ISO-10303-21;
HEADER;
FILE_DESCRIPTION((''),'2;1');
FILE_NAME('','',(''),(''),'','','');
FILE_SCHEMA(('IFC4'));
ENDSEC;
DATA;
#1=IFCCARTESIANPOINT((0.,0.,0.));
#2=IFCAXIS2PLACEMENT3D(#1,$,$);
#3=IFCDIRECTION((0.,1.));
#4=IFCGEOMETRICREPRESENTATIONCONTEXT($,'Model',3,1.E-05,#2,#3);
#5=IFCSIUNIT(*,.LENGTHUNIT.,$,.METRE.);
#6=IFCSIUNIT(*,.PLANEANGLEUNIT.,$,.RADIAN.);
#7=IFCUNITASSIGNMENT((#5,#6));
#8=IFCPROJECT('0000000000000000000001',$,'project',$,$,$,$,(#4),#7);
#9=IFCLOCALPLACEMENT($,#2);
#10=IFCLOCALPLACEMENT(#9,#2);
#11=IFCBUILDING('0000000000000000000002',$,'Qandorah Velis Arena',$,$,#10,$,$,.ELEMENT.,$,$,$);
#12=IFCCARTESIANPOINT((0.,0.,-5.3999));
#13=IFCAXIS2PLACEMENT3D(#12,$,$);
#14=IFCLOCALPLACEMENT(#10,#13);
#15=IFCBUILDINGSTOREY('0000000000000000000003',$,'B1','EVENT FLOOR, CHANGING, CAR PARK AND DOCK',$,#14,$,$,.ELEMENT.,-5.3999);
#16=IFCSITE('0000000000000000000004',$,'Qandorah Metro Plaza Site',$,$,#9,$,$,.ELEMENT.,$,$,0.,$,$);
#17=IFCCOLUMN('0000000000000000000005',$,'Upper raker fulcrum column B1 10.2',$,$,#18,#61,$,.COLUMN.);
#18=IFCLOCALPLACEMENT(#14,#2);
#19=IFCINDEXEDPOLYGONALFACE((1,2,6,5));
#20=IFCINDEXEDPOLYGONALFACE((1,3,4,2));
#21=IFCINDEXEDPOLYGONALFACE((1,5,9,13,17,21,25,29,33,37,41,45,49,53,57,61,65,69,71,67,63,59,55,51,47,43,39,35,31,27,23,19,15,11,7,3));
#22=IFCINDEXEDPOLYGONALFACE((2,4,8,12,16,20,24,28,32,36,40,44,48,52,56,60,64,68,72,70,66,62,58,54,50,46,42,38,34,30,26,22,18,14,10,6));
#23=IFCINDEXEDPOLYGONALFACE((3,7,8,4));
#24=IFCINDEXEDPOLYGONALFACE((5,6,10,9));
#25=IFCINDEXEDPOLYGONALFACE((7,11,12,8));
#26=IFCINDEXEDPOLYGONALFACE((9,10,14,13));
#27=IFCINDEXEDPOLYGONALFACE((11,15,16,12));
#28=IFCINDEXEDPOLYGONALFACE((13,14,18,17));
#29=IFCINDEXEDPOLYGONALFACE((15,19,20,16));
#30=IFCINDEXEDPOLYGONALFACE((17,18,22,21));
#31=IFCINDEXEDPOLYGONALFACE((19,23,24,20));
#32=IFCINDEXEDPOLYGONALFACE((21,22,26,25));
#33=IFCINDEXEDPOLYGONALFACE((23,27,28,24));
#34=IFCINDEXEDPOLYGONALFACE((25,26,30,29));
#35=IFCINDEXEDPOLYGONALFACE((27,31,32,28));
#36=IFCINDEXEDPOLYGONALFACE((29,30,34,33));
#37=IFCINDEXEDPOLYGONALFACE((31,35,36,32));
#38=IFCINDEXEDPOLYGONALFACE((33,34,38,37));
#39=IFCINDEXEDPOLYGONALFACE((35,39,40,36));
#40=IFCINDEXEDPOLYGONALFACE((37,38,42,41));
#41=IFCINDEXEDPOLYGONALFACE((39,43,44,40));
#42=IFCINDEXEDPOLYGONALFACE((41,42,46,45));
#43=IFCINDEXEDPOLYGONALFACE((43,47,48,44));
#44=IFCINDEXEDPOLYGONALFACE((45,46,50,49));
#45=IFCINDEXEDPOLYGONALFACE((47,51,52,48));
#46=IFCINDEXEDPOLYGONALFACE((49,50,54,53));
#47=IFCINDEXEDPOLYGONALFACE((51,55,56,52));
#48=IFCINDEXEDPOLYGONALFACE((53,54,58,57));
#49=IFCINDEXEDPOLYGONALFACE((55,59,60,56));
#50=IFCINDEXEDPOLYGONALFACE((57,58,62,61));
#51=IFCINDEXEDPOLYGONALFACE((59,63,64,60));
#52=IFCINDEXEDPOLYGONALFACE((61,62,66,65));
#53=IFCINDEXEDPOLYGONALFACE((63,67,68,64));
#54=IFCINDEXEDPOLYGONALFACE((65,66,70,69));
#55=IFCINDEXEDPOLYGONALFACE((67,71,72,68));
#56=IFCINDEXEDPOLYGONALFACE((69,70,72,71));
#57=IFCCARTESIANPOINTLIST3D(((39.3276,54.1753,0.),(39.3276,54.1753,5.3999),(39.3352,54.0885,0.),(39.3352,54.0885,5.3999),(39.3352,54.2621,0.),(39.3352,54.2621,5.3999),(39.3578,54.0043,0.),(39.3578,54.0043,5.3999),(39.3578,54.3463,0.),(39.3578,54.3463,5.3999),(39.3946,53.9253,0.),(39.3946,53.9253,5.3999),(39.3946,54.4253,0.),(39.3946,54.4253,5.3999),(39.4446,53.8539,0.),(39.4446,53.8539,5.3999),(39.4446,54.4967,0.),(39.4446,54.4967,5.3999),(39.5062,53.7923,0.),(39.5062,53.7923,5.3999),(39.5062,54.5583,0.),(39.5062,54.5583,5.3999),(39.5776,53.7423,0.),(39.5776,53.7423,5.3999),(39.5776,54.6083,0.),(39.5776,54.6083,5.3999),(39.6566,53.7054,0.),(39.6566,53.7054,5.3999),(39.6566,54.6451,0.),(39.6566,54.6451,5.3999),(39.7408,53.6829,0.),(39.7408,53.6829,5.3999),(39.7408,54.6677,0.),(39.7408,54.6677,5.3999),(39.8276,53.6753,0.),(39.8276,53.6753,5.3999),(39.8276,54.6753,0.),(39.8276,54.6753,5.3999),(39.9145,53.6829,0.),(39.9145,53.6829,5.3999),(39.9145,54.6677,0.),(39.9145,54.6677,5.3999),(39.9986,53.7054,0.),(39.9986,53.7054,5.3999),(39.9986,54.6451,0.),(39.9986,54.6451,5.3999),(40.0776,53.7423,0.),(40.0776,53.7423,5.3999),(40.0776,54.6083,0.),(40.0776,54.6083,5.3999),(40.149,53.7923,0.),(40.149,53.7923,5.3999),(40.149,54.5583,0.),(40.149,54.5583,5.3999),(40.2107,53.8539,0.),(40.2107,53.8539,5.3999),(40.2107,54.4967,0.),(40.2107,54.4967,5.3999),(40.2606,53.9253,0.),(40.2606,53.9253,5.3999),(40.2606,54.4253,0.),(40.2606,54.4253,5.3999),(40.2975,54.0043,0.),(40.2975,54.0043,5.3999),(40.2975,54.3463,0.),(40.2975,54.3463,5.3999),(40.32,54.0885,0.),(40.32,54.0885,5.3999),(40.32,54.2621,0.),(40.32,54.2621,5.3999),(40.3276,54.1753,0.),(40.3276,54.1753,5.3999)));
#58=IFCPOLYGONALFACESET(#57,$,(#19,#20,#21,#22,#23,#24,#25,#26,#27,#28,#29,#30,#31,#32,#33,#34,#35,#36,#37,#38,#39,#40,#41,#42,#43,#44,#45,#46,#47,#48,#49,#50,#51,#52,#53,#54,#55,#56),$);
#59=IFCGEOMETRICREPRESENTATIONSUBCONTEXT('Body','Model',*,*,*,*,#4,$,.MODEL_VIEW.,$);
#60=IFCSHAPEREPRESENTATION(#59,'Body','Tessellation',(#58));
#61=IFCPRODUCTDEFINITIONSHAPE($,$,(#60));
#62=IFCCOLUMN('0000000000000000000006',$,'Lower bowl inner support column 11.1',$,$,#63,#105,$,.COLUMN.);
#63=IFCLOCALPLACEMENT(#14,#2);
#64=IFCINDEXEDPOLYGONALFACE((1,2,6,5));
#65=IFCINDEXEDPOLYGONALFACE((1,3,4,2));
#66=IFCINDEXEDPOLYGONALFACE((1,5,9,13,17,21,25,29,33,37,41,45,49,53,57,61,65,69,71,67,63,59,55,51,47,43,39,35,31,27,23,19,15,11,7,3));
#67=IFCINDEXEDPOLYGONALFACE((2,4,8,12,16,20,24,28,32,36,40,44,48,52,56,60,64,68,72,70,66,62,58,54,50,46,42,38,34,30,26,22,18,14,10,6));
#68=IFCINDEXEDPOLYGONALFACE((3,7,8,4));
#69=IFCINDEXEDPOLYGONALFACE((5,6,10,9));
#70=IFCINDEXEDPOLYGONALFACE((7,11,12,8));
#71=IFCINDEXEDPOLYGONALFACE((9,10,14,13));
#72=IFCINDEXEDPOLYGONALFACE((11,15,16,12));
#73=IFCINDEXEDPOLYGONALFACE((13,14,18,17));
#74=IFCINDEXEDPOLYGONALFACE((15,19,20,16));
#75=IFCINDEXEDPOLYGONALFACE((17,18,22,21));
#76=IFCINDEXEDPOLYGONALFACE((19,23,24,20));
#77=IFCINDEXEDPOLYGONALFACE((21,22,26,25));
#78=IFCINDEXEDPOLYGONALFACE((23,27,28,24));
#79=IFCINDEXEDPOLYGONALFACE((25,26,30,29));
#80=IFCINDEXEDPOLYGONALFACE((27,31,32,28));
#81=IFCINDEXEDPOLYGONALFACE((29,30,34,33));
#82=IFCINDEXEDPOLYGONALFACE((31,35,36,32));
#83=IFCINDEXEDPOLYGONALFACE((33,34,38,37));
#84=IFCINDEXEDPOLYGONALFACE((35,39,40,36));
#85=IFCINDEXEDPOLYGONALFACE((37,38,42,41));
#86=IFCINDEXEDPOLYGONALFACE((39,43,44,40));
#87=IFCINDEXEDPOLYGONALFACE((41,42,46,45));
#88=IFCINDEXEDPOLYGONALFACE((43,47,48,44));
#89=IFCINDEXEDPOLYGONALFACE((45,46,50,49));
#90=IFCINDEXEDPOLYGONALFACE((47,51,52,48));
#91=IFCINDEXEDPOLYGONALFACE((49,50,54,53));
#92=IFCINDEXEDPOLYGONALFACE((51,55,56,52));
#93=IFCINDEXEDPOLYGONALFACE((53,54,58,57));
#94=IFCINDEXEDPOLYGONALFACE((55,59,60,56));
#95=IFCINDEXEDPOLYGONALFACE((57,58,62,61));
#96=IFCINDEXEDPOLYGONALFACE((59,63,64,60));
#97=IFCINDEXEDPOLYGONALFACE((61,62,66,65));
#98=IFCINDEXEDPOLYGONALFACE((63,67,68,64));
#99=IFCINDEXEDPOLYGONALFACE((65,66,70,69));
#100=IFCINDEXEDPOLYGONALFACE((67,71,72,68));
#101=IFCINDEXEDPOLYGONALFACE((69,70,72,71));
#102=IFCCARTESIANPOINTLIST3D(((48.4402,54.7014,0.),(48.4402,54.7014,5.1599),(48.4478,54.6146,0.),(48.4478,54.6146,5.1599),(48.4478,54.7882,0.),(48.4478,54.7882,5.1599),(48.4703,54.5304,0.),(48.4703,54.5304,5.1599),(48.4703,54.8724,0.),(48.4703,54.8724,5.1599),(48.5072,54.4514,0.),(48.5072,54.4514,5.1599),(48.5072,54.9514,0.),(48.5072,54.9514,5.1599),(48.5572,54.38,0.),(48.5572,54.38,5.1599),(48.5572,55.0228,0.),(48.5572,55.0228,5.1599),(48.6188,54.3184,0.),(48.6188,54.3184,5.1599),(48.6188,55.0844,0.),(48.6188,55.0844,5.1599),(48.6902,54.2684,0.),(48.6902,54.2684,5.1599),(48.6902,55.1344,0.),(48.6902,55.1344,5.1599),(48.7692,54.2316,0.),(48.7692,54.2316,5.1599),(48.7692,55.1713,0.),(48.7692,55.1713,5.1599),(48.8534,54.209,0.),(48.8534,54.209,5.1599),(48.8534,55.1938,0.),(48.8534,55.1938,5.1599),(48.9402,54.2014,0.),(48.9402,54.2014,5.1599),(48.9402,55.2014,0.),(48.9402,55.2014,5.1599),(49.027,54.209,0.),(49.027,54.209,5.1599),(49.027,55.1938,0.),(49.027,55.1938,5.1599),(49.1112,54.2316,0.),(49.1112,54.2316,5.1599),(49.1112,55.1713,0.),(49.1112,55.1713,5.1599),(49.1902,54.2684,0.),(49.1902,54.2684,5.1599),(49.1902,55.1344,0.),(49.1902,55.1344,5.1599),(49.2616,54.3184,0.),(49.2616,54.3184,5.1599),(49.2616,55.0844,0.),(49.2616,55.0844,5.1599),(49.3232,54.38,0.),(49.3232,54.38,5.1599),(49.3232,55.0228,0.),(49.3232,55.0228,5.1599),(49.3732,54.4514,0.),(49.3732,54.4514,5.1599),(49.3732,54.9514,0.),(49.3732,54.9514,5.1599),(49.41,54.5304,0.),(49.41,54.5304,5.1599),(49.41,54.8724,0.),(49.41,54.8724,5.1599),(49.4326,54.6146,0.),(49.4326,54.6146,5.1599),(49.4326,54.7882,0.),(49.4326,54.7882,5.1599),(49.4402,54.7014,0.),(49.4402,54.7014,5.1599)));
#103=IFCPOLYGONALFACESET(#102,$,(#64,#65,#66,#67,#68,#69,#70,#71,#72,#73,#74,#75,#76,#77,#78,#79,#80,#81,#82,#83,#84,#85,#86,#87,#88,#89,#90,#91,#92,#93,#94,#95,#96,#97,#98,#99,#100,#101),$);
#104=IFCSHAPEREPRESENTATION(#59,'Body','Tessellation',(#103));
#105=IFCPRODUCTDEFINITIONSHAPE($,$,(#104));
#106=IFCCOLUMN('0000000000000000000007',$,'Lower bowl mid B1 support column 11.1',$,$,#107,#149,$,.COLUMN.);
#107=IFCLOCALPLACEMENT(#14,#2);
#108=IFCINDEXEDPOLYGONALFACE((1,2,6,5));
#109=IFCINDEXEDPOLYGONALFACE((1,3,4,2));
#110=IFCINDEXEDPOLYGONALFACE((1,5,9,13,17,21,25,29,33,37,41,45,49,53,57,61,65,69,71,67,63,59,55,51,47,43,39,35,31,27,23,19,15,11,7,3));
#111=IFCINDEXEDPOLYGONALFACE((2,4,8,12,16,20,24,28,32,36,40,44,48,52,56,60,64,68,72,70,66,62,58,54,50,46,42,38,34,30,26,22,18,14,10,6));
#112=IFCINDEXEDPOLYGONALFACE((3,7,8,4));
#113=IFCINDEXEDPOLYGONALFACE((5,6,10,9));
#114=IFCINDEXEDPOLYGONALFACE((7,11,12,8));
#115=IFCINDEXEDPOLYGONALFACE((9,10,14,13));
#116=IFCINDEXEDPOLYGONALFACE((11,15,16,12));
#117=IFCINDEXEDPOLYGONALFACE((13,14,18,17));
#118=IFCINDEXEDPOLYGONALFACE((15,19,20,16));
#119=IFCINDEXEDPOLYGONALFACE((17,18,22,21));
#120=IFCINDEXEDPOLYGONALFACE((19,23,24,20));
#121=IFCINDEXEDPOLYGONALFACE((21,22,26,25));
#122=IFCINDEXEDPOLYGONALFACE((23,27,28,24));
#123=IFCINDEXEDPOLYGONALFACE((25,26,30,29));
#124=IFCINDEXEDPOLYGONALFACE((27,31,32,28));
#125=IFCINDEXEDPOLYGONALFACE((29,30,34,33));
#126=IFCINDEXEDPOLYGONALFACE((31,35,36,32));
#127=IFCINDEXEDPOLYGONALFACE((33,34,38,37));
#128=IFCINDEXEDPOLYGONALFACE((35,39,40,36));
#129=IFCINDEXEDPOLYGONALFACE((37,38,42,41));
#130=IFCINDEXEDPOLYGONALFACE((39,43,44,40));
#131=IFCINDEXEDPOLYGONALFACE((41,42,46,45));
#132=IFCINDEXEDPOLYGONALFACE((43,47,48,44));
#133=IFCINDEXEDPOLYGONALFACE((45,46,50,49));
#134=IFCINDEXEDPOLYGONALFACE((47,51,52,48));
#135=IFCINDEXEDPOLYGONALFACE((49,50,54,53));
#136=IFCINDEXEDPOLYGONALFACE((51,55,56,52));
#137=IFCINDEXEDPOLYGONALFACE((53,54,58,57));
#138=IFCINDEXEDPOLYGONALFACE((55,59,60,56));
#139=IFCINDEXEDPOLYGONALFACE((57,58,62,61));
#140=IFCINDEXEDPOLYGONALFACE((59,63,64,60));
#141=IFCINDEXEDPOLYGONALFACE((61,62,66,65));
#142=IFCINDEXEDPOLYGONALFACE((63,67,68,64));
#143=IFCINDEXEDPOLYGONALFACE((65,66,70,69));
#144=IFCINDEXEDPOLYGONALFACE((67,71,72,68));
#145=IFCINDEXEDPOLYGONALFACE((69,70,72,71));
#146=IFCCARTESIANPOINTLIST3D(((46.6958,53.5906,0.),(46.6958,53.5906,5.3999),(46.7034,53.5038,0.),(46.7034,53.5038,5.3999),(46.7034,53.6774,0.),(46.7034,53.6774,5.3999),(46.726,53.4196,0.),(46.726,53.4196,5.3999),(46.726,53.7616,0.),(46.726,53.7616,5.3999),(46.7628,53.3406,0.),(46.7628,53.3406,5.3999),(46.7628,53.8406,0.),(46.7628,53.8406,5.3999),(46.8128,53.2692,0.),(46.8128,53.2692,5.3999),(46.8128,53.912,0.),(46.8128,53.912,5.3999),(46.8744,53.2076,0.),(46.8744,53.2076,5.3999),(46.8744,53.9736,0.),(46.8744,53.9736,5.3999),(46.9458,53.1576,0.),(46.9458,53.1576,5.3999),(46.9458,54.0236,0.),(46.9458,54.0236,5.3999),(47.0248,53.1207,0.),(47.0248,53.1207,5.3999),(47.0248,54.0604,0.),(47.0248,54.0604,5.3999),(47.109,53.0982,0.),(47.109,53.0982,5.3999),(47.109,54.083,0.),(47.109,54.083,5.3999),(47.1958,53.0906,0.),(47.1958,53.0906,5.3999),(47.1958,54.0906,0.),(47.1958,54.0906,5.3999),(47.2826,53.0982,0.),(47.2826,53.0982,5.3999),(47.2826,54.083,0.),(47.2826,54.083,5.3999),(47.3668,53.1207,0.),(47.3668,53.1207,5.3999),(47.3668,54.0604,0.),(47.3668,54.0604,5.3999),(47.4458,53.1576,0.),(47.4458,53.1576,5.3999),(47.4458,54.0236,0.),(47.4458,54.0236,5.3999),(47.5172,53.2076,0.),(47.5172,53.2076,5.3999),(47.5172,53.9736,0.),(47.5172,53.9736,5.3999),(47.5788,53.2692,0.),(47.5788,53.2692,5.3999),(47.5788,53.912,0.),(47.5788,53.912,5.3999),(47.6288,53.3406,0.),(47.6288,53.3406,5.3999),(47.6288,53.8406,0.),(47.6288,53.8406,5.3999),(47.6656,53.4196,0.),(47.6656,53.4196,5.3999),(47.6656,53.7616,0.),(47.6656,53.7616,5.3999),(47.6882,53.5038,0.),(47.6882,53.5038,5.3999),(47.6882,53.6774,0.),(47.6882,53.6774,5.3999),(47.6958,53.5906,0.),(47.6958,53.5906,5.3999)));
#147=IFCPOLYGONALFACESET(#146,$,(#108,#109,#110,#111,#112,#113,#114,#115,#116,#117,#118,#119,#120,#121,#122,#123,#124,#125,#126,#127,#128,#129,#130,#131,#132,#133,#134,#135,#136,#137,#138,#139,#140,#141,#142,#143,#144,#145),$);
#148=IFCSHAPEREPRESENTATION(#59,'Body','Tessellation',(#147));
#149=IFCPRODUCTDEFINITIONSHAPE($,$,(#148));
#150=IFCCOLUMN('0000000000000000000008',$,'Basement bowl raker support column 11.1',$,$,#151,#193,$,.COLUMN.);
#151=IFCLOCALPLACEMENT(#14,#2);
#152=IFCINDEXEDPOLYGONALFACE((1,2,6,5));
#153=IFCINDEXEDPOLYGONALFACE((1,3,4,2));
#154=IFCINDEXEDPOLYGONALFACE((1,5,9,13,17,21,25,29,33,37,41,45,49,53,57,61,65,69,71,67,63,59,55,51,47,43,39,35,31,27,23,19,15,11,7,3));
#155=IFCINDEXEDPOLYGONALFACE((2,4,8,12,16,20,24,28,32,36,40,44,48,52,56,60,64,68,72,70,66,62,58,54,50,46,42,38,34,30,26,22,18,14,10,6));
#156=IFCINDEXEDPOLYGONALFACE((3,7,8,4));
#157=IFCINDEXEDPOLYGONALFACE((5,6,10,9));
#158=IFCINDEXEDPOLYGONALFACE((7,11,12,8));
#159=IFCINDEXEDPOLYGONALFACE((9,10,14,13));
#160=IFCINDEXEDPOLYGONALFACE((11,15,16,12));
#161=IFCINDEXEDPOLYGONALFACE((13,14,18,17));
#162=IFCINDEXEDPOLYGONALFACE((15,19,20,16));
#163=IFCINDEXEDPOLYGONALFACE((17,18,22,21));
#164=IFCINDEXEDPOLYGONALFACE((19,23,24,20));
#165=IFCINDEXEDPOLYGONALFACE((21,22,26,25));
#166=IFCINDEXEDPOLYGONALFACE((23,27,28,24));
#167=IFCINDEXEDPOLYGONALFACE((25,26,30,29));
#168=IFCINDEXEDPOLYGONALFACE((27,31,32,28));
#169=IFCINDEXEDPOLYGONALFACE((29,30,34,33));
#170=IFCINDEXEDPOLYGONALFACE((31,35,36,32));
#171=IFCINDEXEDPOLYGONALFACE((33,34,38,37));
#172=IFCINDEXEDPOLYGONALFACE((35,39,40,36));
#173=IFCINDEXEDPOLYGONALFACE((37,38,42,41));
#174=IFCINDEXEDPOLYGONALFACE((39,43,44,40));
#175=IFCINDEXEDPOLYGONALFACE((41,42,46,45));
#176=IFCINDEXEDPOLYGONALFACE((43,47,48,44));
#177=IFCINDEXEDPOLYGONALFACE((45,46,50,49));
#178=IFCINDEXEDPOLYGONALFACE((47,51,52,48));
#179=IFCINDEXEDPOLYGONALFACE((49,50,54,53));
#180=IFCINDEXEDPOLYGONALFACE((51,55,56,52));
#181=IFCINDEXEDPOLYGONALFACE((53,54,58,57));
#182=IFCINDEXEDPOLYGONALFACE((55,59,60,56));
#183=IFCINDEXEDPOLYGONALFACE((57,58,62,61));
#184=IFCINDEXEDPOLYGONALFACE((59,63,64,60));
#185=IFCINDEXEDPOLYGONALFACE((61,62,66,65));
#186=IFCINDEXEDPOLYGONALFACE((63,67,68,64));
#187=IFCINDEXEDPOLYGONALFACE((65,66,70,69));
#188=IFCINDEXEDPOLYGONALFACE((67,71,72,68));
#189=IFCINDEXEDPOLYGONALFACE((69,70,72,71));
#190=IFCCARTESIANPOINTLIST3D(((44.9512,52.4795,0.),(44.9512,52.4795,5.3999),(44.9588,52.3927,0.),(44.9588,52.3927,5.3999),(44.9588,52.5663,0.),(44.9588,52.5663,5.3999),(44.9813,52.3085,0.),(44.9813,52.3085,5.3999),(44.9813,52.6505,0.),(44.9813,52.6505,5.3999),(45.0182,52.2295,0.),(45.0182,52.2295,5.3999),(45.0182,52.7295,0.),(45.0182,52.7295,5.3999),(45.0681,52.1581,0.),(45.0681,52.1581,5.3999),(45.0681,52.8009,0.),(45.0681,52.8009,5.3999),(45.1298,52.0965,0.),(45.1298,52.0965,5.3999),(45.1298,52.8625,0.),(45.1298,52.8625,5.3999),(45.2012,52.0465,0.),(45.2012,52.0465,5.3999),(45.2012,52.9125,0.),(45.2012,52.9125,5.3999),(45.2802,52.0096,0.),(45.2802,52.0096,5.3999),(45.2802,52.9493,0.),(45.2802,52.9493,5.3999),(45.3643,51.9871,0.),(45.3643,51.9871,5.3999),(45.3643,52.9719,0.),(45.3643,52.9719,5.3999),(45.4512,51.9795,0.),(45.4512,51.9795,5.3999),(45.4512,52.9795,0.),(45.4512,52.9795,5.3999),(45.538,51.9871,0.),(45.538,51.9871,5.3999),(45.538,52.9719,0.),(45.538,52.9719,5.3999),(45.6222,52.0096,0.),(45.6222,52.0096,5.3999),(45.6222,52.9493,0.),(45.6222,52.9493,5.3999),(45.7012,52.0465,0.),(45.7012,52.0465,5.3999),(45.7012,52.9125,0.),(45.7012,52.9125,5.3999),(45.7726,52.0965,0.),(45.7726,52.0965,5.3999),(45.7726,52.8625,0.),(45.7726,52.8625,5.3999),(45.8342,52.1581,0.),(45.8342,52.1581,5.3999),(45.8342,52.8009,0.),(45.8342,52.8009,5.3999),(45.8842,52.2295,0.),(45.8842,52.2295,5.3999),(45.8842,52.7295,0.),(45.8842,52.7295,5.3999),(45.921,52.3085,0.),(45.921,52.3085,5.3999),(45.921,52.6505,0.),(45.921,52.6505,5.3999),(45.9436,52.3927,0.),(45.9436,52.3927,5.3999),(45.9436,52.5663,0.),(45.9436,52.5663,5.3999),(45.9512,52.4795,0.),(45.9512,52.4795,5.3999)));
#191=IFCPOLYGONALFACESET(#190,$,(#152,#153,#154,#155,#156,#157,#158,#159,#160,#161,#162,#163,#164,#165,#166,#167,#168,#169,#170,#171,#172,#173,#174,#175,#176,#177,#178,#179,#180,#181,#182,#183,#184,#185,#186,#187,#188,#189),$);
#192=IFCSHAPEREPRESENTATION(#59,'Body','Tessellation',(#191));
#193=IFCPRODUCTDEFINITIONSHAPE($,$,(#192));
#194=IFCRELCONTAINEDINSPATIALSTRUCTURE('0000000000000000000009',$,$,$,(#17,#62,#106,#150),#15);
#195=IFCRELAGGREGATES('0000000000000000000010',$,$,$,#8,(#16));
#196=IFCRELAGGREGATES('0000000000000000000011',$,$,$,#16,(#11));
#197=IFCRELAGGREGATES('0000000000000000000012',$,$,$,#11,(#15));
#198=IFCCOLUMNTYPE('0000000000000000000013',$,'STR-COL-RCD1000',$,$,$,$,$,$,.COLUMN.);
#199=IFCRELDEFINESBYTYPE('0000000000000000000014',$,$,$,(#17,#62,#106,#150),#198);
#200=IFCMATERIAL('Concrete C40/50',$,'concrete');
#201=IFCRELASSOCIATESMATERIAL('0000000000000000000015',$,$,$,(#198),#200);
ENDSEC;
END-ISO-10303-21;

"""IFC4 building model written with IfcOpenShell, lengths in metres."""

from ifc_helpers import new_model, si_unit, direction, frame, origin, origin_2d, place, context, subcontext, project, spatial, circle, extrude, material, material_profile, profile_set, type_object, element, save


model = new_model("IFC4")

# Units and contexts
model_context = context("Model", 3, precision=1e-05, world=origin(), true_north=direction((0.0, 1.0)))
body_context = subcontext(model_context, "Body", "Model", "MODEL_VIEW")
ifc_project = project(units=[si_unit("LENGTHUNIT", "METRE"), si_unit("PLANEANGLEUNIT", "RADIAN")], contexts=[model_context])

# Site, building, storey
site_placement = place(None, origin())
site = spatial("IfcSite", under=ifc_project, at=site_placement, Name="Qandorah Metro Plaza Site", CompositionType="ELEMENT", RefElevation=0.0)
building_placement = place(site_placement, origin())
building = spatial("IfcBuilding", under=site, at=building_placement, Name="Qandorah Velis Arena", CompositionType="ELEMENT")
storey_placement = place(building_placement, frame((0.0, 0.0, -5.3999)))
storey = spatial("IfcBuildingStorey", under=building, at=storey_placement, Name="B1", Description="EVENT FLOOR, CHANGING, CAR PARK AND DOCK", CompositionType="ELEMENT", Elevation=-5.3999)

# Shared definitions
ifc_material_1 = material(Name="Concrete C40/50", Category="concrete")

# Columns
ifc_material_profile_1 = material_profile(ifc_material_1, circle(Radius=0.5, at=origin_2d()), Name="RC D1000")
ifc_profile_set_1 = profile_set([ifc_material_profile_1], Name="Concrete C40/50")
column_type_1 = type_object("IfcColumnType", Name="STR-COL-RCD1000", PredefinedType="COLUMN", material=ifc_profile_set_1)
for number, where, z_axis, x_axis, name in (
    (1, (39.8276, 54.1753, 0.0), (0.0, 0.0, 1.0), (1.0, 0.0, 0.0), "Upper raker fulcrum column B1 10.2"),
):
    element("IfcColumn", number, at=place(storey_placement, frame(where, z_axis=z_axis, x_axis=x_axis)), inside=storey, type_object=column_type_1, Name=name, PredefinedType="COLUMN", context=body_context, shape_type="SweptSolid", body=[
        extrude(circle(Radius=0.5, at=origin_2d()), origin(), (0.0, 0.0, 1.0), 5.3999),
    ])
column_1_placement = place(storey_placement, frame((48.9402, 54.7014, 0.0), z_axis=(0.0, 0.0, 1.0), x_axis=(1.0, 0.0, 0.0)))
element("IfcColumn", 2, at=column_1_placement, inside=storey, type_object=column_type_1, Name="Lower bowl inner support column 11.1", PredefinedType="COLUMN", context=body_context, shape_type="SweptSolid", body=[
    extrude(circle(Radius=0.5, at=origin_2d()), origin(), (0.0, 0.0, 1.0), 5.1599),
])
for number, where, z_axis, x_axis, name in (
    (3, (47.1958, 53.5906, 0.0), (0.0, 0.0, 1.0), (1.0, 0.0, 0.0), "Lower bowl mid B1 support column 11.1"),
    (4, (45.4512, 52.4795, 0.0), (0.0, 0.0, 1.0), (1.0, 0.0, 0.0), "Basement bowl raker support column 11.1"),
):
    element("IfcColumn", number, at=place(storey_placement, frame(where, z_axis=z_axis, x_axis=x_axis)), inside=storey, type_object=column_type_1, Name=name, PredefinedType="COLUMN", context=body_context, shape_type="SweptSolid", body=[
        extrude(circle(Radius=0.5, at=origin_2d()), origin(), (0.0, 0.0, 1.0), 5.3999),
    ])

save(model, "model.ifc")
